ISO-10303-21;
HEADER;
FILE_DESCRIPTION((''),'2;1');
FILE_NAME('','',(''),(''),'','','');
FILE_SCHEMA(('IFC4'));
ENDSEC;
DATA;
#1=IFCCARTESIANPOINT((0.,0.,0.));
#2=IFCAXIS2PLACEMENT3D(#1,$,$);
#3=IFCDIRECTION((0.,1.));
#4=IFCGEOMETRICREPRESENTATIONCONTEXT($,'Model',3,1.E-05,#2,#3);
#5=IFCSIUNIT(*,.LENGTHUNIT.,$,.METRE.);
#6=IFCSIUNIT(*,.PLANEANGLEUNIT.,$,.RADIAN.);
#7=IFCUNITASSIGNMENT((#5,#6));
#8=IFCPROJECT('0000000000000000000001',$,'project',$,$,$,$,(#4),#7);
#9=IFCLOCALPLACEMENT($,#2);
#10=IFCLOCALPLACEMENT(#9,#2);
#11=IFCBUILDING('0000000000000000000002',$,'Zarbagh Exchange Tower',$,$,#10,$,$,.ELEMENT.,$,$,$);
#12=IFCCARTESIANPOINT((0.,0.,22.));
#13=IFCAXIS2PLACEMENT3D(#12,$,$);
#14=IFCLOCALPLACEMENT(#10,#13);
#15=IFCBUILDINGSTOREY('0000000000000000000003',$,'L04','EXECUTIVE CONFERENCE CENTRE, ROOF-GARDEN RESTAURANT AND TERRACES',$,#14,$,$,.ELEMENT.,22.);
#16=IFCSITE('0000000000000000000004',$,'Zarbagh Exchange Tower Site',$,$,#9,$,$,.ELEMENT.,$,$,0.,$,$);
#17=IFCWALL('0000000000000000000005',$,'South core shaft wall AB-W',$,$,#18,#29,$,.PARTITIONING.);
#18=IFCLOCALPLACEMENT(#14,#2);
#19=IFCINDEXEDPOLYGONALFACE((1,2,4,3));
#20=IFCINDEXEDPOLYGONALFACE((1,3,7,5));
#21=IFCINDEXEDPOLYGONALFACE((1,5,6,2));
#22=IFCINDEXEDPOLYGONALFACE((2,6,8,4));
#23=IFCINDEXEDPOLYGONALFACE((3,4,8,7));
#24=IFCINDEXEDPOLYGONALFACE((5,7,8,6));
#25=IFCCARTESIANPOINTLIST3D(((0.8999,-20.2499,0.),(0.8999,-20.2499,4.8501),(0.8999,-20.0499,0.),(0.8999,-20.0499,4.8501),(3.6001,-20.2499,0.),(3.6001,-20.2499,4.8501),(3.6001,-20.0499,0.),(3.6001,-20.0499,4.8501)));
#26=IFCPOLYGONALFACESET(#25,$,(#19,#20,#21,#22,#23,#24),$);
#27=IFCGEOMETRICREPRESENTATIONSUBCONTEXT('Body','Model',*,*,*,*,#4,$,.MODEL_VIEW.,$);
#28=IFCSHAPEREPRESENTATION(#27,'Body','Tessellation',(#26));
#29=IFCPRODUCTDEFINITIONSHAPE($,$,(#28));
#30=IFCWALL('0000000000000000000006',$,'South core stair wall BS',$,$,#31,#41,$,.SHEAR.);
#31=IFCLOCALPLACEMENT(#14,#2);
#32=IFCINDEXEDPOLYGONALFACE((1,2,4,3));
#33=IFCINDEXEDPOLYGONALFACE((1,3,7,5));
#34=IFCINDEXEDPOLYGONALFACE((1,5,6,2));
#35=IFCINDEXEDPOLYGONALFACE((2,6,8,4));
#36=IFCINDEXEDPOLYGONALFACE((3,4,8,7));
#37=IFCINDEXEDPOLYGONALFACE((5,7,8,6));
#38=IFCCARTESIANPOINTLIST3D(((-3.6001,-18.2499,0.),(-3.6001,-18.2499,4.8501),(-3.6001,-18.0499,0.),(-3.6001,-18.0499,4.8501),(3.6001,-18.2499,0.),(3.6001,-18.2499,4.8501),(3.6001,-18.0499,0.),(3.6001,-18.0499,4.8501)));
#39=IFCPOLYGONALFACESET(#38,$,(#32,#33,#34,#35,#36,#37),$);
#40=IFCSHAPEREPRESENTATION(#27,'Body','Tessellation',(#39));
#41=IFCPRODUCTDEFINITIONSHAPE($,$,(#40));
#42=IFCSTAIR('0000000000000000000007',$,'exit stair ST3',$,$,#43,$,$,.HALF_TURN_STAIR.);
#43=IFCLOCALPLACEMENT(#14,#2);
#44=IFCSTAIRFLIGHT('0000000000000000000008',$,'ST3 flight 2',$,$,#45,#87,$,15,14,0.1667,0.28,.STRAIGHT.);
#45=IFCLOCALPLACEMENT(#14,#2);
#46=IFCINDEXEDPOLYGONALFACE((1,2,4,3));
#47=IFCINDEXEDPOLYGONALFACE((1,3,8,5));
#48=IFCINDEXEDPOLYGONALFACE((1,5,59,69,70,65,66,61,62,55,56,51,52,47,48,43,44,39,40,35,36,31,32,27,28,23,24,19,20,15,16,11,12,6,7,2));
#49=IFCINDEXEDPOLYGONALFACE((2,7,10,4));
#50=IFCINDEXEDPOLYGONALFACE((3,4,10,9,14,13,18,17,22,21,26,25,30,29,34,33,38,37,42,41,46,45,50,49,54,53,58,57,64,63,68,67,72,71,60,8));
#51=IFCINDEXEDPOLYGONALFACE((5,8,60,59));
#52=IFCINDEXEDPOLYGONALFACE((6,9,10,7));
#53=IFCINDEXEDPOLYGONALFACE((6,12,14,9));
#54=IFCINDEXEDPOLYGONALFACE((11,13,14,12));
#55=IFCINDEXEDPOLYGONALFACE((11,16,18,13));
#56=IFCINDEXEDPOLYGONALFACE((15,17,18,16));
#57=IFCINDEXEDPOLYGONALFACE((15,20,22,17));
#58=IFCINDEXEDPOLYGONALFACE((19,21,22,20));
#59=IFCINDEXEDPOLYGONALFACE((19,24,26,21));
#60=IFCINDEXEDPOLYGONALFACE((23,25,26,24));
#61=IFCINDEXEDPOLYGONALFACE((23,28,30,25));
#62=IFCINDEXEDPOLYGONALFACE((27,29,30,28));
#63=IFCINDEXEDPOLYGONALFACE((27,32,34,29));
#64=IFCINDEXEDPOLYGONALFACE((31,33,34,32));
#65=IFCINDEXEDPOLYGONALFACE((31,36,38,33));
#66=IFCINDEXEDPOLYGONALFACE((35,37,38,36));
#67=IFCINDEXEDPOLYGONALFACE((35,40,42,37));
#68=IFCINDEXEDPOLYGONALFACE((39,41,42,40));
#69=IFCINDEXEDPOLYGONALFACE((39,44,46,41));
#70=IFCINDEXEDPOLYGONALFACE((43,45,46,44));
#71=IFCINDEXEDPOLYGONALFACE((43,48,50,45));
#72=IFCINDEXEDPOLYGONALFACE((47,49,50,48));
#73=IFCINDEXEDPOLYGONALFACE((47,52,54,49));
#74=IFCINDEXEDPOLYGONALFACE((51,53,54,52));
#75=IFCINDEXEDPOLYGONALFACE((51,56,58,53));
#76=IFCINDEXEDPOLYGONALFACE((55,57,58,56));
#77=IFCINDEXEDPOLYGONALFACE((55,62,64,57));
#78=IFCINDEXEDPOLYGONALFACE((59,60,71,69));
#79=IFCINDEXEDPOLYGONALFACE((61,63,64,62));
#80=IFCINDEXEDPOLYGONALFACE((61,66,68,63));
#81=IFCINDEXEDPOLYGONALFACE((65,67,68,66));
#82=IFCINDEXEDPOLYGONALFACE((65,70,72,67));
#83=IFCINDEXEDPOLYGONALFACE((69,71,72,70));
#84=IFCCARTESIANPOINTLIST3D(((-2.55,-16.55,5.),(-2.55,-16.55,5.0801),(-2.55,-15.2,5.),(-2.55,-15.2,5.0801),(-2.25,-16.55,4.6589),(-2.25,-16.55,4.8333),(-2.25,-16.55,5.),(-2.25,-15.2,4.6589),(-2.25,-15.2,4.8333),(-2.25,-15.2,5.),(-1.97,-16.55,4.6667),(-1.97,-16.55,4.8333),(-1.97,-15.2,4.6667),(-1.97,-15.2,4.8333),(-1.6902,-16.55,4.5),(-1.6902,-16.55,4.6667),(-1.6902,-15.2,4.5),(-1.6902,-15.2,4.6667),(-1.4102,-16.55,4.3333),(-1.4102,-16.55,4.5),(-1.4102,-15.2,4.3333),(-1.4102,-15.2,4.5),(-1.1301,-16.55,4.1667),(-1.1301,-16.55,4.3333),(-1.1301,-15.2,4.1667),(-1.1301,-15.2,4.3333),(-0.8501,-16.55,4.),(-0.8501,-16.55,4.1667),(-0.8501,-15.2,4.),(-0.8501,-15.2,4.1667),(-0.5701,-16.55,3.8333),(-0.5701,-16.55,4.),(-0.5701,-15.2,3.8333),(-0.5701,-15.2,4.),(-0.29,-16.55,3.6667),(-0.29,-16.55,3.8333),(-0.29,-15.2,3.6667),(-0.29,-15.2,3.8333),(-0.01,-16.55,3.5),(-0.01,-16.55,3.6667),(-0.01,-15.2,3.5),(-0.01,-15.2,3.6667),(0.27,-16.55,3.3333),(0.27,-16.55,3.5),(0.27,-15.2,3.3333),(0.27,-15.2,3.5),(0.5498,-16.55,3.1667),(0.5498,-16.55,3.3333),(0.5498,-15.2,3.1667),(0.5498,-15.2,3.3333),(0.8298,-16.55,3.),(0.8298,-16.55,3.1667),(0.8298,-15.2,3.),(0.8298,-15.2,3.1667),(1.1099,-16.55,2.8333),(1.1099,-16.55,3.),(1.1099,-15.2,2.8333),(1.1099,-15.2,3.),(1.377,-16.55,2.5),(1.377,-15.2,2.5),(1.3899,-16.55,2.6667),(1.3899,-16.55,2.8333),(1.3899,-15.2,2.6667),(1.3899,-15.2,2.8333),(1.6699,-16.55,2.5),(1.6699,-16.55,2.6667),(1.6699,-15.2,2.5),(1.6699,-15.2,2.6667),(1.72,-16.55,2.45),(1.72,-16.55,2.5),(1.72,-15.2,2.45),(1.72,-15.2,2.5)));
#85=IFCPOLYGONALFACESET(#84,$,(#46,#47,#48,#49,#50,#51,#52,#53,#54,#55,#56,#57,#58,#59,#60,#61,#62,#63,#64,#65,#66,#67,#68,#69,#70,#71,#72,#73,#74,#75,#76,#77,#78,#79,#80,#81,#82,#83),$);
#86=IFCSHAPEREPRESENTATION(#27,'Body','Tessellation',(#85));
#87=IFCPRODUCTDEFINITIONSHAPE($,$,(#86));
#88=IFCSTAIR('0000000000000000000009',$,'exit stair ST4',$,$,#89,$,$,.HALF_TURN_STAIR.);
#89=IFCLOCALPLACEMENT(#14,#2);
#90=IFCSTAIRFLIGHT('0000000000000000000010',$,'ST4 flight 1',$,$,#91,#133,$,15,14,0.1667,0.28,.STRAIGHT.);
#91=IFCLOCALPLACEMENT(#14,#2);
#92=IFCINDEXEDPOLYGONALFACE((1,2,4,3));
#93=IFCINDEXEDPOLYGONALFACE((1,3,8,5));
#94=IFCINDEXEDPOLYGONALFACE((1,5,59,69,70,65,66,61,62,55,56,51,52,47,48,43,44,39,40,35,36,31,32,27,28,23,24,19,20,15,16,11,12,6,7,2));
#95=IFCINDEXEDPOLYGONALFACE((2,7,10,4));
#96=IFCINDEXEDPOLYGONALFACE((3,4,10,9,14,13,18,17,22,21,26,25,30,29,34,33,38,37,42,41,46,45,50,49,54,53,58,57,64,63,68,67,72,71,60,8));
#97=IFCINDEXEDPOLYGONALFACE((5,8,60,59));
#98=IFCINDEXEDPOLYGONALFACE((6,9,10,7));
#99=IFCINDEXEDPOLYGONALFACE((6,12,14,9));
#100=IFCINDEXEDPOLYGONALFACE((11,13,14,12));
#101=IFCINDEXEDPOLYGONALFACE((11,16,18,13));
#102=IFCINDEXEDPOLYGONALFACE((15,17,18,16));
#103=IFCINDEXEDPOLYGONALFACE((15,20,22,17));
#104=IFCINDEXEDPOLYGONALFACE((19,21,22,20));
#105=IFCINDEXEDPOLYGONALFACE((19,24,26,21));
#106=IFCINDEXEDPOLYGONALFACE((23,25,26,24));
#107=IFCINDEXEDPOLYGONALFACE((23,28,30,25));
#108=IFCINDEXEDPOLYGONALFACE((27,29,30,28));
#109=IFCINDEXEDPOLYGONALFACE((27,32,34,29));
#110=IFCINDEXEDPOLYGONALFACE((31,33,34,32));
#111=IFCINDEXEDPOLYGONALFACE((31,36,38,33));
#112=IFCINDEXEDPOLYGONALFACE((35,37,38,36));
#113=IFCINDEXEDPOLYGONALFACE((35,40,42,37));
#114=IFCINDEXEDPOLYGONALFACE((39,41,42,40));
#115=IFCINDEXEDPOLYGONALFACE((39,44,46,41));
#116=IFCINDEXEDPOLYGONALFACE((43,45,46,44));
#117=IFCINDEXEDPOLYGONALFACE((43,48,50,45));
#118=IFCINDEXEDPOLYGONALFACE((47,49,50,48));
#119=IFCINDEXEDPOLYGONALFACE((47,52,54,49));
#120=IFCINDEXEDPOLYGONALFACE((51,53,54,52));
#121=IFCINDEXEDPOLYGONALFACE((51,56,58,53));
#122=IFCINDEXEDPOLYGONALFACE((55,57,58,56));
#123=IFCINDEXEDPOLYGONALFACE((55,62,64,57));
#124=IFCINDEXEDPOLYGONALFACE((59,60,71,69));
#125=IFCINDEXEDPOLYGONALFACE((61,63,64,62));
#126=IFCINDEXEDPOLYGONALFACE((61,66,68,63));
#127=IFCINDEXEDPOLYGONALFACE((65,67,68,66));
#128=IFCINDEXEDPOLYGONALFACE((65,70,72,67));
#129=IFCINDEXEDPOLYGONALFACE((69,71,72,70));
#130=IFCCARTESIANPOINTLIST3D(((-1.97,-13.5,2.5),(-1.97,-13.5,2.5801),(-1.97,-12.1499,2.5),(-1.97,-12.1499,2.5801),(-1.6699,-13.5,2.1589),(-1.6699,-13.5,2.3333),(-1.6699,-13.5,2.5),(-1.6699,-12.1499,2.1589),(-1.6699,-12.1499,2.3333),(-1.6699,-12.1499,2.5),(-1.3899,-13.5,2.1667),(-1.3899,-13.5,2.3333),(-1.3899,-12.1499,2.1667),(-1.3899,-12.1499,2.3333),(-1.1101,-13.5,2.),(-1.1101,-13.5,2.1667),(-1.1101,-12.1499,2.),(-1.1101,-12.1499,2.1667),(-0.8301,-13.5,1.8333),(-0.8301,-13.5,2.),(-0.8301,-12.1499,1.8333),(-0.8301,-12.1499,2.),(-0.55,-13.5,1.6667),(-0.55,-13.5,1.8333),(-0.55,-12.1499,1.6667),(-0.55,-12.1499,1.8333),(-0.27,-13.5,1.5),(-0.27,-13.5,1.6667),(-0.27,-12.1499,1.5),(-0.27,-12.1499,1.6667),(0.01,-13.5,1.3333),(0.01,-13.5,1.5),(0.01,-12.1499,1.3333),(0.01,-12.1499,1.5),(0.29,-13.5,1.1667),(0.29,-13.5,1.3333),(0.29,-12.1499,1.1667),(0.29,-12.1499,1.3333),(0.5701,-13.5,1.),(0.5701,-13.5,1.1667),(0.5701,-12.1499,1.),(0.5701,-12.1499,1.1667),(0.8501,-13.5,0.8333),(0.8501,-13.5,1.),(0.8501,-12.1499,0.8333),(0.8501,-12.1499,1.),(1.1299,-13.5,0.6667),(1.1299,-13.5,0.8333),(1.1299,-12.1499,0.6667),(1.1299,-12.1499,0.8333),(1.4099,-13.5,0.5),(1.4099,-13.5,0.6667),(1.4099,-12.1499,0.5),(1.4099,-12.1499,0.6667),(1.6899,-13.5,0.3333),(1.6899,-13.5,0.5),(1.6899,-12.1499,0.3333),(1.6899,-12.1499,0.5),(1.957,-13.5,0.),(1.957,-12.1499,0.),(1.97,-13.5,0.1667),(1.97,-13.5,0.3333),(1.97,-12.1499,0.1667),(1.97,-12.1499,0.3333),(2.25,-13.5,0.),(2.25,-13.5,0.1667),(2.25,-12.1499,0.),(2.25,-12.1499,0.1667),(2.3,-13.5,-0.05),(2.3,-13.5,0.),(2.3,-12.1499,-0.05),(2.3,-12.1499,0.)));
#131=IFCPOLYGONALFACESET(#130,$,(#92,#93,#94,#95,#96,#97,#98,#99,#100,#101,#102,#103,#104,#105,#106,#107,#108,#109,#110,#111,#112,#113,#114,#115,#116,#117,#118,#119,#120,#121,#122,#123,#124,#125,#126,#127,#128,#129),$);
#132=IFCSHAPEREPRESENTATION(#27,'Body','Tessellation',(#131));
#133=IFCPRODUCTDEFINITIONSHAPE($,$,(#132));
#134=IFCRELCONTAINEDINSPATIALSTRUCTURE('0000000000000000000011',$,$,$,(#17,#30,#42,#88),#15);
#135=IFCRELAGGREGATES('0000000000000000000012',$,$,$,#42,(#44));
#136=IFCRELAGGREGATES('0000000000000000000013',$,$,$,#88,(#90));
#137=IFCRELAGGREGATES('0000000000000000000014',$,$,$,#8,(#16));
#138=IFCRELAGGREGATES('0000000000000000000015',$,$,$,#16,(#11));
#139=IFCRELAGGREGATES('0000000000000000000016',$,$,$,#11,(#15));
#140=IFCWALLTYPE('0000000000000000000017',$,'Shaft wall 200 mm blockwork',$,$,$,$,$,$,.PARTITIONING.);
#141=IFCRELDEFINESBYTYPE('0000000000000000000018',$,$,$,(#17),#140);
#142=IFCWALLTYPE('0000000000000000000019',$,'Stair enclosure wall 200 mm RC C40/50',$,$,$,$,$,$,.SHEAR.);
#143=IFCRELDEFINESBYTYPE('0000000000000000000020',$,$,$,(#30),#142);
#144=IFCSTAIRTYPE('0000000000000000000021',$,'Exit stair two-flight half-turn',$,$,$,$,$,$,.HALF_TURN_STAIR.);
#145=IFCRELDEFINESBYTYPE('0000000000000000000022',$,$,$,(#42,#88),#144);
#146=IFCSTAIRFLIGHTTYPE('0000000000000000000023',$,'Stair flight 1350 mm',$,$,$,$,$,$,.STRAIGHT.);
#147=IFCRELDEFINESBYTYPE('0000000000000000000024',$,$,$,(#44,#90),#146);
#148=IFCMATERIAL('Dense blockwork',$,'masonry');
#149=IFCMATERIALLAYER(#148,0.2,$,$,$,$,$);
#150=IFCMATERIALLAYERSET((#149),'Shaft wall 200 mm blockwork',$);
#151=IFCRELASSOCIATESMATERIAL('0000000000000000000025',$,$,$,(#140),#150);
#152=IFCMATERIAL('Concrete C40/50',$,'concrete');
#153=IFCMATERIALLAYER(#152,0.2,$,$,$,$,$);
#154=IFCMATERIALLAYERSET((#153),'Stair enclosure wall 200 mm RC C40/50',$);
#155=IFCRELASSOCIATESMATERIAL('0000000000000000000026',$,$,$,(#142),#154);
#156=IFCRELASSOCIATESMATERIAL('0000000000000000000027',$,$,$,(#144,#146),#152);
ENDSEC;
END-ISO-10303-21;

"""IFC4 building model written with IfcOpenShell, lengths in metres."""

from ifc_helpers import new_model, si_unit, direction, frame, frame_2d, origin, place, context, subcontext, project, spatial, polyline, rectangle, outline, extrude, material, layer, layer_set, type_object, element, aggregate, save


model = new_model("IFC4")

# Units and contexts
model_context = context("Model", 3, precision=1e-05, world=origin(), true_north=direction((0.0, 1.0)))
body_context = subcontext(model_context, "Body", "Model", "MODEL_VIEW")
ifc_project = project(units=[si_unit("LENGTHUNIT", "METRE"), si_unit("PLANEANGLEUNIT", "RADIAN")], contexts=[model_context])

# Site, building, storey
site_placement = place(None, origin())
site = spatial("IfcSite", under=ifc_project, at=site_placement, Name="Zarbagh Exchange Tower Site", CompositionType="ELEMENT", RefElevation=0.0)
building_placement = place(site_placement, origin())
building = spatial("IfcBuilding", under=site, at=building_placement, Name="Zarbagh Exchange Tower", CompositionType="ELEMENT")
storey_placement = place(building_placement, frame((0.0, 0.0, 22.0)))
storey = spatial("IfcBuildingStorey", under=building, at=storey_placement, Name="L04", Description="EXECUTIVE CONFERENCE CENTRE, ROOF-GARDEN RESTAURANT AND TERRACES", CompositionType="ELEMENT", Elevation=22.0)

# Walls
ifc_material_1 = material(Name="Dense blockwork", Category="masonry")
ifc_layer_1 = layer(ifc_material_1, 0.2)
ifc_layer_set_1 = layer_set([ifc_layer_1], Name="Shaft wall 200 mm blockwork")
wall_type_1 = type_object("IfcWallType", Name="Shaft wall 200 mm blockwork", PredefinedType="PARTITIONING", material=ifc_layer_set_1)
wall_1_placement = place(storey_placement, frame((3.6001, -20.1499, 0.0), z_axis=(0.0, 0.0, 1.0), x_axis=(-1.0, 0.0, 0.0)))
element("IfcWall", 1, at=wall_1_placement, inside=storey, type_object=wall_type_1, Name="South core shaft wall AB-W", PredefinedType="PARTITIONING", context=body_context, shape_type="SweptSolid", body=[
    extrude(rectangle(XDim=2.7002, YDim=0.2, at=frame_2d((1.3501, 0.0))), origin(), (0.0, 0.0, 1.0), 4.8501),
])
ifc_material_2 = material(Name="Concrete C40/50", Category="concrete")
ifc_layer_2 = layer(ifc_material_2, 0.2)
ifc_layer_set_2 = layer_set([ifc_layer_2], Name="Stair enclosure wall 200 mm RC C40/50")
wall_type_2 = type_object("IfcWallType", Name="Stair enclosure wall 200 mm RC C40/50", PredefinedType="SHEAR", material=ifc_layer_set_2)
wall_2_placement = place(storey_placement, frame((3.6001, -18.1499, 0.0), z_axis=(0.0, 0.0, 1.0), x_axis=(-1.0, 0.0, 0.0)))
element("IfcWall", 2, at=wall_2_placement, inside=storey, type_object=wall_type_2, Name="South core stair wall BS", PredefinedType="SHEAR", context=body_context, shape_type="SweptSolid", body=[
    extrude(rectangle(XDim=7.2002, YDim=0.2, at=frame_2d((3.6001, 0.0))), origin(), (0.0, 0.0, 1.0), 4.8501),
])

# Stairs, stair flights
stair_type = type_object("IfcStairType", Name="Exit stair two-flight half-turn", PredefinedType="HALF_TURN_STAIR", material=ifc_material_2)
stair_1_placement = place(storey_placement, origin())
stair_1 = element("IfcStair", 3, at=stair_1_placement, inside=storey, type_object=stair_type, Name="exit stair ST3", PredefinedType="HALF_TURN_STAIR")
stair_flight_type = type_object("IfcStairFlightType", Name="Stair flight 1350 mm", PredefinedType="STRAIGHT", material=ifc_material_2)
stair_flight_1_placement = place(storey_placement, frame((1.6699, -15.875, 2.5), z_axis=(0.0, 0.0, 1.0), x_axis=(-1.0, 0.0, 0.0)))
stair_flight_1 = element("IfcStairFlight", 4, at=stair_flight_1_placement, type_object=stair_flight_type, Name="ST3 flight 2", NumberOfRisers=15, NumberOfTreads=14, PredefinedType="STRAIGHT", RiserHeight=0.1667, TreadLength=0.28, context=body_context, shape_type="SweptSolid", body=[
    extrude(outline(polyline([(-0.05, -0.05), (-0.05, 0.0), (0.0, 0.0), (0.0, 0.1667), (0.28, 0.1667), (0.28, 0.3333), (0.5601, 0.3333), (0.5601, 0.5), (0.8401, 0.5), (0.8401, 0.6667), (1.1201, 0.6667), (1.1201, 0.8333), (1.3999, 0.8333), (1.3999, 1.0), (1.6799, 1.0), (1.6799, 1.1667), (1.96, 1.1667), (1.96, 1.3333), (2.24, 1.3333), (2.24, 1.5), (2.52, 1.5), (2.52, 1.6667), (2.8, 1.6667), (2.8, 1.8333), (3.0801, 1.8333), (3.0801, 2.0), (3.3601, 2.0), (3.3601, 2.1667), (3.6399, 2.1667), (3.6399, 2.3333), (3.9199, 2.3333), (3.9199, 2.5), (4.22, 2.5801), (4.22, 2.5), (3.9199, 2.1589), (0.293, 0.0), (-0.05, -0.05)])), frame((0.0, 0.675, 0.0), z_axis=(0.0, -1.0, 0.0), x_axis=(1.0, 0.0, 0.0)), (0.0, 0.0, 1.0), 1.3501),
])
aggregate(stair_1, [stair_flight_1])
stair_2_placement = place(storey_placement, origin())
stair_2 = element("IfcStair", 5, at=stair_2_placement, inside=storey, type_object=stair_type, Name="exit stair ST4", PredefinedType="HALF_TURN_STAIR")
stair_flight_2_placement = place(storey_placement, frame((2.25, -12.825, 0.0), z_axis=(0.0, 0.0, 1.0), x_axis=(-1.0, 0.0, 0.0)))
stair_flight_2 = element("IfcStairFlight", 6, at=stair_flight_2_placement, type_object=stair_flight_type, Name="ST4 flight 1", NumberOfRisers=15, NumberOfTreads=14, PredefinedType="STRAIGHT", RiserHeight=0.1667, TreadLength=0.28, context=body_context, shape_type="SweptSolid", body=[
    extrude(outline(polyline([(-0.05, -0.05), (-0.05, 0.0), (0.0, 0.0), (0.0, 0.1667), (0.28, 0.1667), (0.28, 0.3333), (0.5601, 0.3333), (0.5601, 0.5), (0.8401, 0.5), (0.8401, 0.6667), (1.1201, 0.6667), (1.1201, 0.8333), (1.3999, 0.8333), (1.3999, 1.0), (1.6799, 1.0), (1.6799, 1.1667), (1.96, 1.1667), (1.96, 1.3333), (2.24, 1.3333), (2.24, 1.5), (2.52, 1.5), (2.52, 1.6667), (2.8, 1.6667), (2.8, 1.8333), (3.0801, 1.8333), (3.0801, 2.0), (3.3601, 2.0), (3.3601, 2.1667), (3.6399, 2.1667), (3.6399, 2.3333), (3.9199, 2.3333), (3.9199, 2.5), (4.22, 2.5801), (4.22, 2.5), (3.9199, 2.1589), (0.293, 0.0), (-0.05, -0.05)])), frame((0.0, 0.675, 0.0), z_axis=(0.0, -1.0, 0.0), x_axis=(1.0, 0.0, 0.0)), (0.0, 0.0, 1.0), 1.3501),
])
aggregate(stair_2, [stair_flight_2])

save(model, "model.ifc")
